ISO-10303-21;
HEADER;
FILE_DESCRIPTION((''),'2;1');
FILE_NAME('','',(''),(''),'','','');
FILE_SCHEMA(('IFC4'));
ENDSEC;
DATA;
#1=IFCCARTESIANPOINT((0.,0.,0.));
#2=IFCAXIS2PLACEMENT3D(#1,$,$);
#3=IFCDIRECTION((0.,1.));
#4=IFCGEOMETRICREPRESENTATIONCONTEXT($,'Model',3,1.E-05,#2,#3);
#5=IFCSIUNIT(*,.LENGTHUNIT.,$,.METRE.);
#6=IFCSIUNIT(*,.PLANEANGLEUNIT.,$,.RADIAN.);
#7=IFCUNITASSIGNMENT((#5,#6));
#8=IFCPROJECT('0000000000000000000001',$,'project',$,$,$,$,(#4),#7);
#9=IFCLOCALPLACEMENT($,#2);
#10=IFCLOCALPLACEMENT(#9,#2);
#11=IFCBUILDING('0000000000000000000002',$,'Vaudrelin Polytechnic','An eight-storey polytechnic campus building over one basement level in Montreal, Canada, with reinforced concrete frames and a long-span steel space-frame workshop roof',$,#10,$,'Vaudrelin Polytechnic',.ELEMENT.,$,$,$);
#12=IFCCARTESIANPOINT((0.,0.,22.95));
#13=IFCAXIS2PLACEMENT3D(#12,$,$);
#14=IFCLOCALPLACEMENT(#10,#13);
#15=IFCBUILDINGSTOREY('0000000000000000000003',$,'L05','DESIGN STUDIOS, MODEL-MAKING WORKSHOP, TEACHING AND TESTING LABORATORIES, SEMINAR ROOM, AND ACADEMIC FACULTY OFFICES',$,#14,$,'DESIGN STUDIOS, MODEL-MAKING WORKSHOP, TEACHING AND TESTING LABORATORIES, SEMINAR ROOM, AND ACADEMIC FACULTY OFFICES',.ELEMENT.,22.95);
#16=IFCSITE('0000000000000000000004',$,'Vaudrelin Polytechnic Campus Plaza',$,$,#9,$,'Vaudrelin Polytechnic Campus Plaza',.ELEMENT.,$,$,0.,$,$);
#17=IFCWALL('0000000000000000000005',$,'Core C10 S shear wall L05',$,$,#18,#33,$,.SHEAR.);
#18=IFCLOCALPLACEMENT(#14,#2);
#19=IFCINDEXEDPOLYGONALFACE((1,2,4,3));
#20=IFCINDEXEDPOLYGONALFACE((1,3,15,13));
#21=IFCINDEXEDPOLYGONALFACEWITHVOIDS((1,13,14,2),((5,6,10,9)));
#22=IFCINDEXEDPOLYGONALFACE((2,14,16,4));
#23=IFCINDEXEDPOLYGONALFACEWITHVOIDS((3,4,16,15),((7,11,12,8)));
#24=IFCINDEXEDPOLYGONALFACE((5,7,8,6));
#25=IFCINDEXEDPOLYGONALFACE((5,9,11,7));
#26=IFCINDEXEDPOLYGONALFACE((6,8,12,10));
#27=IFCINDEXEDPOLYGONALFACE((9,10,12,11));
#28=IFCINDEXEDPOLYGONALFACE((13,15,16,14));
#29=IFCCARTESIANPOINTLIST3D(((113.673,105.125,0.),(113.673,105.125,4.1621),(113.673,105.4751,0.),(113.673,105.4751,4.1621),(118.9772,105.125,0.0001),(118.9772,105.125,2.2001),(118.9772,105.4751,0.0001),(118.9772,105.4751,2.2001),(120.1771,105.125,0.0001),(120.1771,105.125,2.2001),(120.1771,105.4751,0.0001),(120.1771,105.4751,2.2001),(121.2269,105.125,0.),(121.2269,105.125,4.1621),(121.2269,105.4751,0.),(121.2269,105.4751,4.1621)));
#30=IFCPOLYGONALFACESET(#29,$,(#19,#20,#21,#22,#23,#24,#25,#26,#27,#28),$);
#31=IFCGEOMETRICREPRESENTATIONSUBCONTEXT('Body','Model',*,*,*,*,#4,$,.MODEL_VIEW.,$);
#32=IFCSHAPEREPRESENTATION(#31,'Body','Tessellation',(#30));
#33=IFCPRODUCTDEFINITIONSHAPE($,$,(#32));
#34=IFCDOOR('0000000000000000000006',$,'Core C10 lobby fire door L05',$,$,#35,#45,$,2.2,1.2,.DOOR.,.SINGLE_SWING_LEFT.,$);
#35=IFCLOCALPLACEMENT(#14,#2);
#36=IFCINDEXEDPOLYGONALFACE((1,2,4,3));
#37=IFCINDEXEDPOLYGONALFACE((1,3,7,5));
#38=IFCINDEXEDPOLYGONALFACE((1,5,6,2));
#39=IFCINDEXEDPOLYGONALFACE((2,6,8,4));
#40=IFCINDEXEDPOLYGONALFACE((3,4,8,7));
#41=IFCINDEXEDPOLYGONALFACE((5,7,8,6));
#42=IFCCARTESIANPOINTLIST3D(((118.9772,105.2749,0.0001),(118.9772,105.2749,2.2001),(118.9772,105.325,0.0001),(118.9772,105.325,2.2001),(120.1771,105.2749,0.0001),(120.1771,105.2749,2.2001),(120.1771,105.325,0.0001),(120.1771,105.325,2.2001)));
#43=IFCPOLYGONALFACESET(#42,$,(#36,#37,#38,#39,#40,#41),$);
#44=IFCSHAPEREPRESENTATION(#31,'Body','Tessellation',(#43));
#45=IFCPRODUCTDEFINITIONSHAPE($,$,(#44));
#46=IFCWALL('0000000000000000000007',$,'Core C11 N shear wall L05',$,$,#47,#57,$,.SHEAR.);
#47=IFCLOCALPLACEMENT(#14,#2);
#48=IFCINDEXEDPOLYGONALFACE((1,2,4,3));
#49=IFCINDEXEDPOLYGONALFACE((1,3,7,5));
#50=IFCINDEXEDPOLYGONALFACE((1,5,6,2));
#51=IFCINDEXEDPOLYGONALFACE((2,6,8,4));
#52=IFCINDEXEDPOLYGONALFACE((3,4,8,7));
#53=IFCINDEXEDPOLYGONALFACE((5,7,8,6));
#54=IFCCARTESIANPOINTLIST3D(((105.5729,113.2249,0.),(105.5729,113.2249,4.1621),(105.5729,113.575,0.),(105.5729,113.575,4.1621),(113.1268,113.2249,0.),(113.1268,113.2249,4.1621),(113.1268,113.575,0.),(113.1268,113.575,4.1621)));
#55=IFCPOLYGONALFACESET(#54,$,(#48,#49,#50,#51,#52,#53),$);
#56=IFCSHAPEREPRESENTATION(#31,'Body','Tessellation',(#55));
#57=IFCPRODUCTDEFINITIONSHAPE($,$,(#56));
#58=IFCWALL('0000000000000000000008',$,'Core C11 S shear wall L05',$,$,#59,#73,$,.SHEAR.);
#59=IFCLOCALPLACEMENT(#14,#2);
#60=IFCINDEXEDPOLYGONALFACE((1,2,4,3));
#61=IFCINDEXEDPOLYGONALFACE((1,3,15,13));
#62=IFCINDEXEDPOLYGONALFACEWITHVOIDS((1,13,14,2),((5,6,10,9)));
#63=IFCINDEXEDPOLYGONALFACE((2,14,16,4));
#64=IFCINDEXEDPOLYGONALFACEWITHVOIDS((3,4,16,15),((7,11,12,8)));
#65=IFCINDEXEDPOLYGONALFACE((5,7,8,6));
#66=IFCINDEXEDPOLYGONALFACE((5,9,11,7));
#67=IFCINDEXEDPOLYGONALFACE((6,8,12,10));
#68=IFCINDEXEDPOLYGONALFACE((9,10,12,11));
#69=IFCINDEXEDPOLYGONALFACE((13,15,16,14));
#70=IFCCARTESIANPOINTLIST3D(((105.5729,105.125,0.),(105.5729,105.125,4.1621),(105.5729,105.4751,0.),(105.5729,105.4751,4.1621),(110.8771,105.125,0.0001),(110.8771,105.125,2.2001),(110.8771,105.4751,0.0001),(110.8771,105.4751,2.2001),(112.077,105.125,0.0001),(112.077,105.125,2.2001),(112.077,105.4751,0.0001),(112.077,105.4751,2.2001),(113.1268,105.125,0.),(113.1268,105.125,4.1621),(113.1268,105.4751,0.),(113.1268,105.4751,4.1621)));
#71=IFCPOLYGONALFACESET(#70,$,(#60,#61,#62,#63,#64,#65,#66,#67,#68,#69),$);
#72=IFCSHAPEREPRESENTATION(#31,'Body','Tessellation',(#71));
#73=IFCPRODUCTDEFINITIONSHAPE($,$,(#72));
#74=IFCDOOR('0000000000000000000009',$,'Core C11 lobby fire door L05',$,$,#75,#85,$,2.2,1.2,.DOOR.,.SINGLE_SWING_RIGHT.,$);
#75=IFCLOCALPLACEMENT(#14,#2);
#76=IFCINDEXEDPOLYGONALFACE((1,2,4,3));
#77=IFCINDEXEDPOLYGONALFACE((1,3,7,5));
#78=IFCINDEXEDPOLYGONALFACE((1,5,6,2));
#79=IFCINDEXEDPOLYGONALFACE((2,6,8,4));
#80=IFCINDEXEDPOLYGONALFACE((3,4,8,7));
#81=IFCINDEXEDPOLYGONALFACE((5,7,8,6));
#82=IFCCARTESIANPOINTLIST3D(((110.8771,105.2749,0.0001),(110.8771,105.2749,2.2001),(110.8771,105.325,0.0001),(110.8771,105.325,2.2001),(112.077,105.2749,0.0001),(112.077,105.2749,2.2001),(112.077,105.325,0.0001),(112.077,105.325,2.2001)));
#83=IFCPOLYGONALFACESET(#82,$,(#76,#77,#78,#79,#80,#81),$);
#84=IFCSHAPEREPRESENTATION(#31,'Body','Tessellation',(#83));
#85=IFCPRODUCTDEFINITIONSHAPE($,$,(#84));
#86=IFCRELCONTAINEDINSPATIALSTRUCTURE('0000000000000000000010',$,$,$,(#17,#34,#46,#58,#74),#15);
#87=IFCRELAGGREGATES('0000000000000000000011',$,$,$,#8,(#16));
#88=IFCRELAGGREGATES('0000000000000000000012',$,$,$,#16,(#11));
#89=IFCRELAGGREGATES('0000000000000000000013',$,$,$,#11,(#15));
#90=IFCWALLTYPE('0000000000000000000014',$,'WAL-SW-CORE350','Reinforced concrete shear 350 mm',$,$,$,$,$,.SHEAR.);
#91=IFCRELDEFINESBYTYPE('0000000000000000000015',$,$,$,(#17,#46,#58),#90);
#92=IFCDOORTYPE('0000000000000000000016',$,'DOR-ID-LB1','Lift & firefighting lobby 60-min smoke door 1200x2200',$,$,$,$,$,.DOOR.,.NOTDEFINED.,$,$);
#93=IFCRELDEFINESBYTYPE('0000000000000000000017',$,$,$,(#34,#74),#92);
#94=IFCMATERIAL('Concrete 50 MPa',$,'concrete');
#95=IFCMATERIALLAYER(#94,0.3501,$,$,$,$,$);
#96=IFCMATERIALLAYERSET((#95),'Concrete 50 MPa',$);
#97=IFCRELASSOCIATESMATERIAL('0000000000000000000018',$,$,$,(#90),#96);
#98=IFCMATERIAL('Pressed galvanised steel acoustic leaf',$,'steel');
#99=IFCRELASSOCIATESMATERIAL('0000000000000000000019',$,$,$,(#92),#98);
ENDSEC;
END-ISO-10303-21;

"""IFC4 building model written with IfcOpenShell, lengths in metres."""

from ifc_helpers import new_model, si_unit, direction, frame, frame_2d, origin, place, context, subcontext, project, spatial, rectangle, extrude, material, layer, layer_set, type_object, element, fill, save


model = new_model("IFC4")

# Units and contexts
model_context = context("Model", 3, precision=1e-05, world=origin(), true_north=direction((0.0, 1.0)))
body_context = subcontext(model_context, "Body", "Model", "MODEL_VIEW")
ifc_project = project(units=[si_unit("LENGTHUNIT", "METRE"), si_unit("PLANEANGLEUNIT", "RADIAN")], contexts=[model_context])

# Site, building, storey
site_placement = place(None, origin())
site = spatial("IfcSite", under=ifc_project, at=site_placement, Name="Vaudrelin Polytechnic Campus Plaza", LongName="Vaudrelin Polytechnic Campus Plaza", CompositionType="ELEMENT", RefElevation=0.0)
building_placement = place(site_placement, origin())
building = spatial("IfcBuilding", under=site, at=building_placement, Name="Vaudrelin Polytechnic", Description="An eight-storey polytechnic campus building over one basement level in Montreal, Canada, with reinforced concrete frames and a long-span steel space-frame workshop roof", LongName="Vaudrelin Polytechnic", CompositionType="ELEMENT")
storey_placement = place(building_placement, frame((0.0, 0.0, 22.95)))
storey = spatial("IfcBuildingStorey", under=building, at=storey_placement, Name="L05", Description="DESIGN STUDIOS, MODEL-MAKING WORKSHOP, TEACHING AND TESTING LABORATORIES, SEMINAR ROOM, AND ACADEMIC FACULTY OFFICES", LongName="DESIGN STUDIOS, MODEL-MAKING WORKSHOP, TEACHING AND TESTING LABORATORIES, SEMINAR ROOM, AND ACADEMIC FACULTY OFFICES", CompositionType="ELEMENT", Elevation=22.95)

# Shared definitions
ifc_material_1 = material(Name="Concrete 50 MPa", Category="concrete")

# Shared definitions
ifc_material_2 = material(Name="Pressed galvanised steel acoustic leaf", Category="steel")

# Shared definitions
ifc_layer_1 = layer(ifc_material_1, 0.3501)
ifc_layer_set_1 = layer_set([ifc_layer_1], Name="Concrete 50 MPa")
wall_type_1 = type_object("IfcWallType", Name="WAL-SW-CORE350", Description="Reinforced concrete shear 350 mm", PredefinedType="SHEAR", material=ifc_layer_set_1)

# Wall, opening, door
wall_1_placement = place(storey_placement, frame((113.6731, 105.3, 0.0), z_axis=(0.0, 0.0, 1.0), x_axis=(1.0, 0.0, 0.0)))
wall_1 = element("IfcWall", 1, at=wall_1_placement, inside=storey, type_object=wall_type_1, Name="Core C10 S shear wall L05", PredefinedType="SHEAR", context=body_context, shape_type="SweptSolid", body=[
    extrude(rectangle(XDim=7.554, YDim=0.3501, at=frame_2d((3.7769, 0.0))), origin(), (0.0, 0.0, 1.0), 4.1621),
])
opening_1_placement = place(wall_1_placement, frame((5.304, 0.0, 0.0)))
opening_1 = element("IfcOpeningElement", 2, at=opening_1_placement, cuts=wall_1, PredefinedType="OPENING", context=body_context, shape_type="SweptSolid", body=[
    extrude(rectangle(XDim=1.2, YDim=2.2, at=frame_2d((0.6001, 1.1001))), frame((0.0, 0.1851, 0.0), z_axis=(0.0, -1.0, 0.0), x_axis=(1.0, 0.0, 0.0)), (0.0, 0.0, 1.0), 0.3701),
])
door_type_1 = type_object("IfcDoorType", Name="DOR-ID-LB1", Description="Lift & firefighting lobby 60-min smoke door 1200x2200", OperationType="NOTDEFINED", PredefinedType="DOOR", material=ifc_material_2)
door_1_placement = place(opening_1_placement, origin())
door_1 = element("IfcDoor", 3, at=door_1_placement, inside=storey, type_object=door_type_1, Name="Core C10 lobby fire door L05", OperationType="SINGLE_SWING_LEFT", OverallHeight=2.2, OverallWidth=1.2, PredefinedType="DOOR", context=body_context, shape_type="SweptSolid", body=[
    extrude(rectangle(XDim=1.2, YDim=2.2, at=frame_2d((0.6001, 1.1001))), frame((0.0, 0.0249, 0.0), z_axis=(0.0, -1.0, 0.0), x_axis=(1.0, 0.0, 0.0)), (0.0, 0.0, 1.0), 0.05),
])
fill(opening_1, door_1)

# Wall
wall_2_placement = place(storey_placement, frame((105.573, 113.3999, 0.0), z_axis=(0.0, 0.0, 1.0), x_axis=(1.0, 0.0, 0.0)))
element("IfcWall", 4, at=wall_2_placement, inside=storey, type_object=wall_type_1, Name="Core C11 N shear wall L05", PredefinedType="SHEAR", context=body_context, shape_type="SweptSolid", body=[
    extrude(rectangle(XDim=7.554, YDim=0.3501, at=frame_2d((3.7769, 0.0))), origin(), (0.0, 0.0, 1.0), 4.1621),
])

# Wall, opening, door
wall_3_placement = place(storey_placement, frame((105.573, 105.3, 0.0), z_axis=(0.0, 0.0, 1.0), x_axis=(1.0, 0.0, 0.0)))
wall_3 = element("IfcWall", 5, at=wall_3_placement, inside=storey, type_object=wall_type_1, Name="Core C11 S shear wall L05", PredefinedType="SHEAR", context=body_context, shape_type="SweptSolid", body=[
    extrude(rectangle(XDim=7.554, YDim=0.3501, at=frame_2d((3.7769, 0.0))), origin(), (0.0, 0.0, 1.0), 4.1621),
])
opening_2_placement = place(wall_3_placement, frame((5.304, 0.0, 0.0)))
opening_2 = element("IfcOpeningElement", 6, at=opening_2_placement, cuts=wall_3, PredefinedType="OPENING", context=body_context, shape_type="SweptSolid", body=[
    extrude(rectangle(XDim=1.2, YDim=2.2, at=frame_2d((0.6001, 1.1001))), frame((0.0, 0.1851, 0.0), z_axis=(0.0, -1.0, 0.0), x_axis=(1.0, 0.0, 0.0)), (0.0, 0.0, 1.0), 0.3701),
])
door_2_placement = place(opening_2_placement, origin())
door_2 = element("IfcDoor", 7, at=door_2_placement, inside=storey, type_object=door_type_1, Name="Core C11 lobby fire door L05", OperationType="SINGLE_SWING_RIGHT", OverallHeight=2.2, OverallWidth=1.2, PredefinedType="DOOR", context=body_context, shape_type="SweptSolid", body=[
    extrude(rectangle(XDim=1.2, YDim=2.2, at=frame_2d((0.6001, 1.1001))), frame((0.0, 0.0249, 0.0), z_axis=(0.0, -1.0, 0.0), x_axis=(1.0, 0.0, 0.0)), (0.0, 0.0, 1.0), 0.05),
])
fill(opening_2, door_2)

save(model, "model.ifc")
